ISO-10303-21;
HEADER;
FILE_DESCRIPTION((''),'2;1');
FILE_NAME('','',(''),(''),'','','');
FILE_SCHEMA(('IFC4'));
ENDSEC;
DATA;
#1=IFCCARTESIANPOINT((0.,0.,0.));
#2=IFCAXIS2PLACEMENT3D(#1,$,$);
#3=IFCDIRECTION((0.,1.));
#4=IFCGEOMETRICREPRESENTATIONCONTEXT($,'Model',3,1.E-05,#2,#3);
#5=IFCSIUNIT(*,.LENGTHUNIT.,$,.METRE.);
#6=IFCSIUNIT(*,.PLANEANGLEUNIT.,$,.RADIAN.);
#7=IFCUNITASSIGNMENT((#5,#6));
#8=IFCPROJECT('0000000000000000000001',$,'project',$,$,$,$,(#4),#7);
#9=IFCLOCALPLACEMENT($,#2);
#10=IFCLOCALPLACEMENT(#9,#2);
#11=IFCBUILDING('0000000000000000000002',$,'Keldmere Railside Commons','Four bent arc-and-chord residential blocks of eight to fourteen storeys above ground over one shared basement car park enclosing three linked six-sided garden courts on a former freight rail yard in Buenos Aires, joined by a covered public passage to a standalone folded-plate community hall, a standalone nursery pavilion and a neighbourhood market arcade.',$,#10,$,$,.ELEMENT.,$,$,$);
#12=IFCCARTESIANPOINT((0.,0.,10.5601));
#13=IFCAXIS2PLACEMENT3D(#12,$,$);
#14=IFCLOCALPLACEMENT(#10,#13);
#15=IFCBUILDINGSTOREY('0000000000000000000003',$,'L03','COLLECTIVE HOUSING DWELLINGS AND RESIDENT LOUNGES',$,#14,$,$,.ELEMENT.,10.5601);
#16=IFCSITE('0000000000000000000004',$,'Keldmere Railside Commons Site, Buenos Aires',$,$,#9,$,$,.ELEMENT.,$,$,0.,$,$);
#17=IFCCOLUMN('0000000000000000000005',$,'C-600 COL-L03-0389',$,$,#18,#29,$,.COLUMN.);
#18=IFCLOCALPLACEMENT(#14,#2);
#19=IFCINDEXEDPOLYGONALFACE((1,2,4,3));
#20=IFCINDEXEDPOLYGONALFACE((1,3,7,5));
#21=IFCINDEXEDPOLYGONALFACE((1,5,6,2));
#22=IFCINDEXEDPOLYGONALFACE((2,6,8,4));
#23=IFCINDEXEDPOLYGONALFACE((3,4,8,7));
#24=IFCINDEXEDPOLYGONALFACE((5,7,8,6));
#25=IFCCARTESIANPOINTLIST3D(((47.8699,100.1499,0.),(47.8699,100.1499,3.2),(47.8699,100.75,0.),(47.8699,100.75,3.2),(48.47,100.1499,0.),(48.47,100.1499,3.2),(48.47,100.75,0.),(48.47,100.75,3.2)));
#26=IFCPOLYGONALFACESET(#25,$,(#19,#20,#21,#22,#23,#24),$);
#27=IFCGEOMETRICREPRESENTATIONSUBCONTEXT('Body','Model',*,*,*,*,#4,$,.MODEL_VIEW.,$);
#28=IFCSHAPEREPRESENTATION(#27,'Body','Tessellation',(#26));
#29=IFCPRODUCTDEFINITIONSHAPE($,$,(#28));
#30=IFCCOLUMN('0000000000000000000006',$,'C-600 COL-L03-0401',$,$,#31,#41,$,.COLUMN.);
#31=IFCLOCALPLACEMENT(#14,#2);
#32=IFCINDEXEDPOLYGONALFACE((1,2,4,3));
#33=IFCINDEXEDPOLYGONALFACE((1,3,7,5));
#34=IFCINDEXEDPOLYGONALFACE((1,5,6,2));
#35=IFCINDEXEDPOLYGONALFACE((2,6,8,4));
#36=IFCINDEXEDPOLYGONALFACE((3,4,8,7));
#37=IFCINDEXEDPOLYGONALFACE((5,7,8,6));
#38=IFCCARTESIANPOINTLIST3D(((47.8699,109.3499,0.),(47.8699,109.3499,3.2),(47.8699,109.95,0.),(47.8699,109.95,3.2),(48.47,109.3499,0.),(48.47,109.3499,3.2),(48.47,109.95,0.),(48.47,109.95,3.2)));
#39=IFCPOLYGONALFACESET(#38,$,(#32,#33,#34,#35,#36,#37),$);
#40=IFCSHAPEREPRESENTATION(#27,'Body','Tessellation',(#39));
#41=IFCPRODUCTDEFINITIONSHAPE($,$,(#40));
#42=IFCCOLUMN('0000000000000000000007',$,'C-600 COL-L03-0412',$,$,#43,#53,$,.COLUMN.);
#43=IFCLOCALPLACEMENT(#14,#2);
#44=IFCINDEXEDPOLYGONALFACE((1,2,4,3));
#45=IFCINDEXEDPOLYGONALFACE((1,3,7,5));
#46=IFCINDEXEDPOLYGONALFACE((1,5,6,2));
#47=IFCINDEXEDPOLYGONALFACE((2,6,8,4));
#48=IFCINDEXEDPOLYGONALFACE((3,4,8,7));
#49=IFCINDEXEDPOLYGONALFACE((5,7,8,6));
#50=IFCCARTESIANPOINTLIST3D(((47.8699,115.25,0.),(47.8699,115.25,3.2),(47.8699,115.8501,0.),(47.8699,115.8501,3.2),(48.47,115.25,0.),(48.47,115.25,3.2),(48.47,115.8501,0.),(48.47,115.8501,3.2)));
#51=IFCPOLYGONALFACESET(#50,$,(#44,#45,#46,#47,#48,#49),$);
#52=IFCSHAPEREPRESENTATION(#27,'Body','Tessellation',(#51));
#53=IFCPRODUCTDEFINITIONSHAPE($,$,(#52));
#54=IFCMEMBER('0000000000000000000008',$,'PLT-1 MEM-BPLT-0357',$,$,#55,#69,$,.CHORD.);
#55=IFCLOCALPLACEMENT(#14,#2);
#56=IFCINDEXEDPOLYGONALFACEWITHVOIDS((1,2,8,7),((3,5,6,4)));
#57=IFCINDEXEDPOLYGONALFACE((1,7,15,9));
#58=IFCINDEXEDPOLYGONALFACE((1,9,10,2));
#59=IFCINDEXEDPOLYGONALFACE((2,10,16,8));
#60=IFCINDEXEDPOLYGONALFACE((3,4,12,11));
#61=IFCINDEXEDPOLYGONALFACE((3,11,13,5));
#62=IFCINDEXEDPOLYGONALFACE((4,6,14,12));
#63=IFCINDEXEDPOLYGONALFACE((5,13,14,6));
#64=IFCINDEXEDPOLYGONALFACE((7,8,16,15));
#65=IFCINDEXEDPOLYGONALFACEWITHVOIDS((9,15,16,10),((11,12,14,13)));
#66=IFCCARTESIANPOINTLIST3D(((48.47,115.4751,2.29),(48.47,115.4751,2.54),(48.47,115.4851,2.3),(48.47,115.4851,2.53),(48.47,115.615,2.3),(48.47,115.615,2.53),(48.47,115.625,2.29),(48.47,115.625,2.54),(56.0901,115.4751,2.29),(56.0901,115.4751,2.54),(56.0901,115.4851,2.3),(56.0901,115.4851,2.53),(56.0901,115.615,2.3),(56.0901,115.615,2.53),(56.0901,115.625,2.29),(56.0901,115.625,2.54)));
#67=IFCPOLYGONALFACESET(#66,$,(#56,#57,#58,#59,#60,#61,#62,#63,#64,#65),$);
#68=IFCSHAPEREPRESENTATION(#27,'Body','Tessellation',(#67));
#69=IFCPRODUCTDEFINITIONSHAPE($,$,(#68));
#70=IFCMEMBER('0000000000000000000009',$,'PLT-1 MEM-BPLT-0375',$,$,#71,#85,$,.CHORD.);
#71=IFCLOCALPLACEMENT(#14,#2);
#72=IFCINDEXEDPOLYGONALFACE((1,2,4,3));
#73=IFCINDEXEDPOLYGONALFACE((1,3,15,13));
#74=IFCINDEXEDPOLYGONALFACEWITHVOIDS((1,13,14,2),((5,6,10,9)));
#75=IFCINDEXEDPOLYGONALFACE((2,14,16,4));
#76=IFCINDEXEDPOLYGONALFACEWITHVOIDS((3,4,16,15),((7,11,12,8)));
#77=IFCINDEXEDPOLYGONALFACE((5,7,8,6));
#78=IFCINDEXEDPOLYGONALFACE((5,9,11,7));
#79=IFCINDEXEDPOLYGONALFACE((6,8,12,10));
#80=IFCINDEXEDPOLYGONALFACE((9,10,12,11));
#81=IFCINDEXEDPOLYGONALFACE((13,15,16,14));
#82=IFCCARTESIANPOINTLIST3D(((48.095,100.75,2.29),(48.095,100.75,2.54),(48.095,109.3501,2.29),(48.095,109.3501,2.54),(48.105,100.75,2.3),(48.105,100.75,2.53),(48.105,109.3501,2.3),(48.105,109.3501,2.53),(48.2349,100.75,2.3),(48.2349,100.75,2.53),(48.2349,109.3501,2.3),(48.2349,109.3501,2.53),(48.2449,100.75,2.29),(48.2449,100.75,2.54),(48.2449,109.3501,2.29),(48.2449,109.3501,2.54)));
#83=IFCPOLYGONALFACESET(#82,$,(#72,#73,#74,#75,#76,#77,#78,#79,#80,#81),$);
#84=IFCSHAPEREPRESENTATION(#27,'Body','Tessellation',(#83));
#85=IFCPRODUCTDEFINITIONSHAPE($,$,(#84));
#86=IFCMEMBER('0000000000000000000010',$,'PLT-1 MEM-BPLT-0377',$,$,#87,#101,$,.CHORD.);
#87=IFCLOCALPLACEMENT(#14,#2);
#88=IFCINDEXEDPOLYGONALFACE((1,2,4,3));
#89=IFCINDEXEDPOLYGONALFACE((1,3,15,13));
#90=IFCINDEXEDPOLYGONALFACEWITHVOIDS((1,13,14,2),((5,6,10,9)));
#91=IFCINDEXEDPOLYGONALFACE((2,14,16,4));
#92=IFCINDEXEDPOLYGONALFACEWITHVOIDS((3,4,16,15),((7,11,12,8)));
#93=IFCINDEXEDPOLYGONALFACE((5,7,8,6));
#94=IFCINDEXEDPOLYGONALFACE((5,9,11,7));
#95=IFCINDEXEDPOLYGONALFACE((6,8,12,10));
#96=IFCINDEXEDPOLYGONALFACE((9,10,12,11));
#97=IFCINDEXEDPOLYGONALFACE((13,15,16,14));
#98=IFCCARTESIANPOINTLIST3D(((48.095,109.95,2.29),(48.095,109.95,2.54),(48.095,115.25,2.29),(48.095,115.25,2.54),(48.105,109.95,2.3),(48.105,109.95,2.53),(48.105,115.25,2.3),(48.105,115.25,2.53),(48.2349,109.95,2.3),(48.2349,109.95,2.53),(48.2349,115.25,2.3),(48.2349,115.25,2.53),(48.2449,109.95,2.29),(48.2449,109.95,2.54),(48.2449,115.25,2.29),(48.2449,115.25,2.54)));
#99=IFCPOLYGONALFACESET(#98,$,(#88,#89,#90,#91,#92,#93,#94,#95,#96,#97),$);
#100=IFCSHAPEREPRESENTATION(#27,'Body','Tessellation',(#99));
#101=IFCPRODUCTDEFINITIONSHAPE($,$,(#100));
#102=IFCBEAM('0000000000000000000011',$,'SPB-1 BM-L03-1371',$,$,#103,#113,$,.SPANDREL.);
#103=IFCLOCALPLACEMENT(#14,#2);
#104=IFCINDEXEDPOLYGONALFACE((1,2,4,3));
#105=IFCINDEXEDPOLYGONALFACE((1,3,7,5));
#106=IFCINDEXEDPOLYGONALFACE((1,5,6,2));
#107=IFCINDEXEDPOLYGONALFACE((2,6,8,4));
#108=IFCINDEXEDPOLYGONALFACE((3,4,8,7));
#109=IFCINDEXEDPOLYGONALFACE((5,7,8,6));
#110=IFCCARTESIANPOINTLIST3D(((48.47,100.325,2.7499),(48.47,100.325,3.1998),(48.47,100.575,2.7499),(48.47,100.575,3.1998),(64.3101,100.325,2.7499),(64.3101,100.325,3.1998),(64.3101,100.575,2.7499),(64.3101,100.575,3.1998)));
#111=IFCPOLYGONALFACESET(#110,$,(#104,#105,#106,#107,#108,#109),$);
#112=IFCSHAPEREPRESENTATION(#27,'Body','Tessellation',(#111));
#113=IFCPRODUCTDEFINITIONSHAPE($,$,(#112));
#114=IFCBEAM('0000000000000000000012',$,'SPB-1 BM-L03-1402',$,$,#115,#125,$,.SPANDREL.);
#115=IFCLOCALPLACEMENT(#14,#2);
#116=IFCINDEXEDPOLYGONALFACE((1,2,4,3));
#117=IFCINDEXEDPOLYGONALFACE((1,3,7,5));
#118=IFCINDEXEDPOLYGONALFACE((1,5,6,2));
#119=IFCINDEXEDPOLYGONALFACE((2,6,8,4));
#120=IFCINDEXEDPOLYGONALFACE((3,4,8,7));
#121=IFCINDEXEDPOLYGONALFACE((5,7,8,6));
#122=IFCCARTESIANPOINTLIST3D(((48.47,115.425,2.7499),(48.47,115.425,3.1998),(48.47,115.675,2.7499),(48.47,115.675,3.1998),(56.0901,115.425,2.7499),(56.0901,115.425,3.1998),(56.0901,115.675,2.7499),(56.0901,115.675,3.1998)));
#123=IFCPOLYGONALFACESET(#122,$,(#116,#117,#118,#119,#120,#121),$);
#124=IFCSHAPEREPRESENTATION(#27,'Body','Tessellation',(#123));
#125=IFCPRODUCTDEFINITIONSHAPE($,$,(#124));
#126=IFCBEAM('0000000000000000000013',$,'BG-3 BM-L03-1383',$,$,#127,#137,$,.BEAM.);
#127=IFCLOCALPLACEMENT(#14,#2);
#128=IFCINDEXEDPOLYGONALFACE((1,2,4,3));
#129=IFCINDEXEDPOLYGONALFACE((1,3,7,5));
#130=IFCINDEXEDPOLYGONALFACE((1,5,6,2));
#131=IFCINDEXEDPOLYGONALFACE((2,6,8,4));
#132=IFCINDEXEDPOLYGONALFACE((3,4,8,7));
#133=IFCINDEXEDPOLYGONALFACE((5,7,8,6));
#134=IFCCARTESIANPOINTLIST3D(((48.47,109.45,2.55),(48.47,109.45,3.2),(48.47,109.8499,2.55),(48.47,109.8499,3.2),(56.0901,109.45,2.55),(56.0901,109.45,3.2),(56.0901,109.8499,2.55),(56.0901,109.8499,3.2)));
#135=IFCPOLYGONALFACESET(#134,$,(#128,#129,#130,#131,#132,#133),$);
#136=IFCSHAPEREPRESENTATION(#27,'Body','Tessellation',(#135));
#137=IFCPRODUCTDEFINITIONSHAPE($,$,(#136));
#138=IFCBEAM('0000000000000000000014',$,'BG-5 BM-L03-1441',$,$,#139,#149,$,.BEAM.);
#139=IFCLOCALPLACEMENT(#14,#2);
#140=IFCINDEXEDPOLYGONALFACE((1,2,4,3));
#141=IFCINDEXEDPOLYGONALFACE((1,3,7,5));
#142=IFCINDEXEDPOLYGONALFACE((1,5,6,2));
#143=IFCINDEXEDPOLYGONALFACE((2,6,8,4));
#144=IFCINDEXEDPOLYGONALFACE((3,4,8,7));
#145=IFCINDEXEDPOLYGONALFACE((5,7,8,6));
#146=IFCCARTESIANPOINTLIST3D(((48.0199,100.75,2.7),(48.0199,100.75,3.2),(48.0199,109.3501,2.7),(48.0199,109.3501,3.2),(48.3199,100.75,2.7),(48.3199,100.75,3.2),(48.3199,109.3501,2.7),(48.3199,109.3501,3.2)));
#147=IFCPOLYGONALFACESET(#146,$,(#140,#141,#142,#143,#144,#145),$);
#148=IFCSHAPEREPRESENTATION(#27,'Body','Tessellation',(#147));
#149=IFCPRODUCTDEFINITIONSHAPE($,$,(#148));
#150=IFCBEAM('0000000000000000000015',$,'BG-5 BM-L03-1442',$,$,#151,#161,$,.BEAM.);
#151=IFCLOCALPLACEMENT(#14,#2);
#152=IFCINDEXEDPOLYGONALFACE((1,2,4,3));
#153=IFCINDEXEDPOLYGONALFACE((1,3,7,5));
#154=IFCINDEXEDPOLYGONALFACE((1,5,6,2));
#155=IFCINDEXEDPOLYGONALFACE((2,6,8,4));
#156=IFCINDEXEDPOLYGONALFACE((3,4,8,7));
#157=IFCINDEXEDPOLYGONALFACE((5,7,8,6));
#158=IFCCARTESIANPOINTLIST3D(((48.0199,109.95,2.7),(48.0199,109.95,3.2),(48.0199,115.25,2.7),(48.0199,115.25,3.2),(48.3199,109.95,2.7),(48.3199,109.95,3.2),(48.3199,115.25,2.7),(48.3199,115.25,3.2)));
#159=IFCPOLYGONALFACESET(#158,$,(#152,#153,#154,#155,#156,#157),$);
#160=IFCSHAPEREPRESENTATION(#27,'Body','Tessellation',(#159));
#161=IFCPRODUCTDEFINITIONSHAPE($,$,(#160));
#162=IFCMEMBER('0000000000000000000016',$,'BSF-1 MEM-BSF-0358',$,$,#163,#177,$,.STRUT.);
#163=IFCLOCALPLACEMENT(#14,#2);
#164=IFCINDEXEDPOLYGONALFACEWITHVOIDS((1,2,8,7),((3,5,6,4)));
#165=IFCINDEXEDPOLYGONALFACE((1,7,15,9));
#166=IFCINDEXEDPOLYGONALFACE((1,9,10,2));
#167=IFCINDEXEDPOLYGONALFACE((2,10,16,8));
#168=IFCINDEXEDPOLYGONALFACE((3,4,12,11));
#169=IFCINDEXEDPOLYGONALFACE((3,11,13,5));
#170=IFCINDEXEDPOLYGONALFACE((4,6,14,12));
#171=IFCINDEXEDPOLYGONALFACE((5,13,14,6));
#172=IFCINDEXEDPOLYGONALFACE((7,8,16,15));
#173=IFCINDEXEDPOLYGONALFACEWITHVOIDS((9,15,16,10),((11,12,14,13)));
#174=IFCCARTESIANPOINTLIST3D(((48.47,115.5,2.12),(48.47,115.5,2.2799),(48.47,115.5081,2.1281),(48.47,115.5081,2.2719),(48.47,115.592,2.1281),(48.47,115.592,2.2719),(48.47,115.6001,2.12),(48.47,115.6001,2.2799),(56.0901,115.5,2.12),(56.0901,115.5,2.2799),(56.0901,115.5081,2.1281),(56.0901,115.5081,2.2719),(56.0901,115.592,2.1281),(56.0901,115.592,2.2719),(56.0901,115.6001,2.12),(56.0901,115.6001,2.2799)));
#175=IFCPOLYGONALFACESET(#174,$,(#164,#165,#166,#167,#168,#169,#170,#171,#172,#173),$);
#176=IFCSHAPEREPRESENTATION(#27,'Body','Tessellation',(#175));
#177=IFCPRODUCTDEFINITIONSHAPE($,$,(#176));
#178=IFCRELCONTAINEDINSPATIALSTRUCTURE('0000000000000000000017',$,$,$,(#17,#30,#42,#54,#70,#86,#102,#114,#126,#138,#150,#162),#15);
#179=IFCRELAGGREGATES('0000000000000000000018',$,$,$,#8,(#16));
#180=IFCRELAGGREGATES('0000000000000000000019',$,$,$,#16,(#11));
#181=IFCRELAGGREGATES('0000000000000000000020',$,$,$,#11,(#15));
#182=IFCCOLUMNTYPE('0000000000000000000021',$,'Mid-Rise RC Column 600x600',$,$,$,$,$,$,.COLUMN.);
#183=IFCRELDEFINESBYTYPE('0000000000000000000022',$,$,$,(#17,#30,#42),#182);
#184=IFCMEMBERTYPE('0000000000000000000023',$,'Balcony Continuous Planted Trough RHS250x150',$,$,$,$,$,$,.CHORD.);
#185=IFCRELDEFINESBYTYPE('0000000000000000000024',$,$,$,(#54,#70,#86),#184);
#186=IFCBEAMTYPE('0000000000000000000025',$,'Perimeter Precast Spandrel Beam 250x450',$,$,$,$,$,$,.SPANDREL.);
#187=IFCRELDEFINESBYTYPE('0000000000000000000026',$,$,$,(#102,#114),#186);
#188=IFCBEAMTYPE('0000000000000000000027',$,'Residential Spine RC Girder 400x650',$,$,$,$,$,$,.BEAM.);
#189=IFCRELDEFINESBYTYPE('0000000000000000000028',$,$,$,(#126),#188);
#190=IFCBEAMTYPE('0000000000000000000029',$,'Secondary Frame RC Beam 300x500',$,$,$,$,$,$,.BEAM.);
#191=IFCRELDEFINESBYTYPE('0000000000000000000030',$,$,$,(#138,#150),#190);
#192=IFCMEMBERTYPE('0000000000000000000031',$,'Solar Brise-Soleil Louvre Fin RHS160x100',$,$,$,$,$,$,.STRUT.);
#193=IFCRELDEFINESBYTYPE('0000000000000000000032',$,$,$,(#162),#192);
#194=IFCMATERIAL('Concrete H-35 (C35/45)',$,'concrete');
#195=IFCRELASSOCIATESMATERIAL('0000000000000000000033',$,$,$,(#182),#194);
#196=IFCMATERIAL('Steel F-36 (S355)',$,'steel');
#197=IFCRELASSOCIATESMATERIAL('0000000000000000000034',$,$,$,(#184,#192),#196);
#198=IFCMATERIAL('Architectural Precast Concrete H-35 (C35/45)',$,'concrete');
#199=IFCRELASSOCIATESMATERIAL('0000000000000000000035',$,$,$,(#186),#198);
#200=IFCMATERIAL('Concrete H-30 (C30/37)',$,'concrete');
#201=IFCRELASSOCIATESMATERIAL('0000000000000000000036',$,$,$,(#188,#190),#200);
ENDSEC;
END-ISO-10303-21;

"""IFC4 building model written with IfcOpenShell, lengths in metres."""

from ifc_helpers import new_model, si_unit, direction, frame, origin, origin_2d, place, context, subcontext, project, spatial, rectangle, hollow_rectangle, extrude, material, material_profile, profile_set, type_object, element, save


model = new_model("IFC4")

# Units and contexts
model_context = context("Model", 3, precision=1e-05, world=origin(), true_north=direction((0.0, 1.0)))
body_context = subcontext(model_context, "Body", "Model", "MODEL_VIEW")
ifc_project = project(units=[si_unit("LENGTHUNIT", "METRE"), si_unit("PLANEANGLEUNIT", "RADIAN")], contexts=[model_context])

# Site, building, storey
site_placement = place(None, origin())
site = spatial("IfcSite", under=ifc_project, at=site_placement, Name="Keldmere Railside Commons Site, Buenos Aires", CompositionType="ELEMENT", RefElevation=0.0)
building_placement = place(site_placement, origin())
building = spatial("IfcBuilding", under=site, at=building_placement, Name="Keldmere Railside Commons", Description="Four bent arc-and-chord residential blocks of eight to fourteen storeys above ground over one shared basement car park enclosing three linked six-sided garden courts on a former freight rail yard in Buenos Aires, joined by a covered public passage to a standalone folded-plate community hall, a standalone nursery pavilion and a neighbourhood market arcade.", CompositionType="ELEMENT")
storey_placement = place(building_placement, frame((0.0, 0.0, 10.5601)))
storey = spatial("IfcBuildingStorey", under=building, at=storey_placement, Name="L03", Description="COLLECTIVE HOUSING DWELLINGS AND RESIDENT LOUNGES", CompositionType="ELEMENT", Elevation=10.5601)

# Columns
ifc_material_1 = material(Name="Concrete H-35 (C35/45)", Category="concrete")
ifc_material_profile_1 = material_profile(ifc_material_1, rectangle(XDim=0.6001, YDim=0.6001, at=origin_2d()), Name="RC-600x600")
ifc_profile_set_1 = profile_set([ifc_material_profile_1], Name="Concrete H-35 (C35/45)")
column_type = type_object("IfcColumnType", Name="Mid-Rise RC Column 600x600", PredefinedType="COLUMN", material=ifc_profile_set_1)
for number, where, z_axis, x_axis, name in (
    (1, (48.1699, 100.45, 0.0), (0.0, 0.0, 1.0), (1.0, 0.0, 0.0), "C-600 COL-L03-0389"),
    (2, (48.1699, 109.6499, 0.0), (0.0, 0.0, 1.0), (1.0, 0.0, 0.0), "C-600 COL-L03-0401"),
    (3, (48.1699, 115.55, 0.0), (0.0, 0.0, 1.0), (1.0, 0.0, 0.0), "C-600 COL-L03-0412"),
):
    element("IfcColumn", number, at=place(storey_placement, frame(where, z_axis=z_axis, x_axis=x_axis)), inside=storey, type_object=column_type, Name=name, PredefinedType="COLUMN", context=body_context, shape_type="SweptSolid", body=[
        extrude(rectangle(XDim=0.6001, YDim=0.6001, at=origin_2d()), origin(), (0.0, 0.0, 1.0), 3.2),
    ])

# Members
ifc_material_2 = material(Name="Steel F-36 (S355)", Category="steel")
ifc_material_profile_2 = material_profile(ifc_material_2, hollow_rectangle(XDim=0.1499, YDim=0.25, WallThickness=0.01, at=origin_2d()), Name="RHS-250x150x10")
ifc_profile_set_2 = profile_set([ifc_material_profile_2], Name="Steel F-36 (S355)")
member_type_1 = type_object("IfcMemberType", Name="Balcony Continuous Planted Trough RHS250x150", PredefinedType="CHORD", material=ifc_profile_set_2)
member_1_placement = place(storey_placement, frame((48.47, 115.55, 2.415), z_axis=(1.0, 0.0, 0.0), x_axis=(0.0, 1.0, 0.0)))
element("IfcMember", 4, at=member_1_placement, inside=storey, type_object=member_type_1, Name="PLT-1 MEM-BPLT-0357", PredefinedType="CHORD", context=body_context, shape_type="SweptSolid", body=[
    extrude(hollow_rectangle(XDim=0.1499, YDim=0.25, WallThickness=0.01, at=origin_2d()), origin(), (0.0, 0.0, 1.0), 7.6201),
])
member_2_placement = place(storey_placement, frame((48.1699, 100.75, 2.415), z_axis=(0.0, 1.0, 0.0), x_axis=(-1.0, 0.0, 0.0)))
element("IfcMember", 5, at=member_2_placement, inside=storey, type_object=member_type_1, Name="PLT-1 MEM-BPLT-0375", PredefinedType="CHORD", context=body_context, shape_type="SweptSolid", body=[
    extrude(hollow_rectangle(XDim=0.1499, YDim=0.25, WallThickness=0.01, at=origin_2d()), origin(), (0.0, 0.0, 1.0), 8.6001),
])
member_3_placement = place(storey_placement, frame((48.1699, 109.95, 2.415), z_axis=(0.0, 1.0, 0.0), x_axis=(-1.0, 0.0, 0.0)))
element("IfcMember", 6, at=member_3_placement, inside=storey, type_object=member_type_1, Name="PLT-1 MEM-BPLT-0377", PredefinedType="CHORD", context=body_context, shape_type="SweptSolid", body=[
    extrude(hollow_rectangle(XDim=0.1499, YDim=0.25, WallThickness=0.01, at=origin_2d()), origin(), (0.0, 0.0, 1.0), 5.3),
])

# Beams
ifc_material_3 = material(Name="Architectural Precast Concrete H-35 (C35/45)", Category="concrete")
ifc_material_profile_3 = material_profile(ifc_material_3, rectangle(XDim=0.25, YDim=0.45, at=origin_2d()), Name="RC-250x450")
ifc_profile_set_3 = profile_set([ifc_material_profile_3], Name="Architectural Precast Concrete H-35 (C35/45)")
beam_type_1 = type_object("IfcBeamType", Name="Perimeter Precast Spandrel Beam 250x450", PredefinedType="SPANDREL", material=ifc_profile_set_3)
beam_1_placement = place(storey_placement, frame((48.47, 100.45, 2.9749), z_axis=(1.0, 0.0, 0.0), x_axis=(0.0, 1.0, 0.0)))
element("IfcBeam", 7, at=beam_1_placement, inside=storey, type_object=beam_type_1, Name="SPB-1 BM-L03-1371", PredefinedType="SPANDREL", context=body_context, shape_type="SweptSolid", body=[
    extrude(rectangle(XDim=0.25, YDim=0.45, at=origin_2d()), origin(), (0.0, 0.0, 1.0), 15.8401),
])
beam_2_placement = place(storey_placement, frame((48.47, 115.55, 2.9749), z_axis=(1.0, 0.0, 0.0), x_axis=(0.0, 1.0, 0.0)))
element("IfcBeam", 8, at=beam_2_placement, inside=storey, type_object=beam_type_1, Name="SPB-1 BM-L03-1402", PredefinedType="SPANDREL", context=body_context, shape_type="SweptSolid", body=[
    extrude(rectangle(XDim=0.25, YDim=0.45, at=origin_2d()), origin(), (0.0, 0.0, 1.0), 7.6201),
])
ifc_material_4 = material(Name="Concrete H-30 (C30/37)", Category="concrete")
ifc_material_profile_4 = material_profile(ifc_material_4, rectangle(XDim=0.3999, YDim=0.6499, at=origin_2d()), Name="RC-400x650")
ifc_profile_set_4 = profile_set([ifc_material_profile_4], Name="Concrete H-30 (C30/37)")
beam_type_2 = type_object("IfcBeamType", Name="Residential Spine RC Girder 400x650", PredefinedType="BEAM", material=ifc_profile_set_4)
beam_3_placement = place(storey_placement, frame((48.47, 109.6499, 2.875), z_axis=(1.0, 0.0, 0.0), x_axis=(0.0, 1.0, 0.0)))
element("IfcBeam", 9, at=beam_3_placement, inside=storey, type_object=beam_type_2, Name="BG-3 BM-L03-1383", PredefinedType="BEAM", context=body_context, shape_type="SweptSolid", body=[
    extrude(rectangle(XDim=0.3999, YDim=0.6499, at=origin_2d()), origin(), (0.0, 0.0, 1.0), 7.6201),
])
ifc_material_profile_5 = material_profile(ifc_material_4, rectangle(XDim=0.3, YDim=0.5, at=origin_2d()), Name="RC-300x500")
ifc_profile_set_5 = profile_set([ifc_material_profile_5], Name="Concrete H-30 (C30/37)")
beam_type_3 = type_object("IfcBeamType", Name="Secondary Frame RC Beam 300x500", PredefinedType="BEAM", material=ifc_profile_set_5)
beam_4_placement = place(storey_placement, frame((48.1699, 100.75, 2.95), z_axis=(0.0, 1.0, 0.0), x_axis=(-1.0, 0.0, 0.0)))
element("IfcBeam", 10, at=beam_4_placement, inside=storey, type_object=beam_type_3, Name="BG-5 BM-L03-1441", PredefinedType="BEAM", context=body_context, shape_type="SweptSolid", body=[
    extrude(rectangle(XDim=0.3, YDim=0.5, at=origin_2d()), origin(), (0.0, 0.0, 1.0), 8.6001),
])
beam_5_placement = place(storey_placement, frame((48.1699, 109.95, 2.95), z_axis=(0.0, 1.0, 0.0), x_axis=(-1.0, 0.0, 0.0)))
element("IfcBeam", 11, at=beam_5_placement, inside=storey, type_object=beam_type_3, Name="BG-5 BM-L03-1442", PredefinedType="BEAM", context=body_context, shape_type="SweptSolid", body=[
    extrude(rectangle(XDim=0.3, YDim=0.5, at=origin_2d()), origin(), (0.0, 0.0, 1.0), 5.3),
])

# Member
ifc_material_profile_6 = material_profile(ifc_material_2, hollow_rectangle(XDim=0.1001, YDim=0.1599, WallThickness=0.0081, at=origin_2d()), Name="RHS-160x100x8")
ifc_profile_set_6 = profile_set([ifc_material_profile_6], Name="Steel F-36 (S355)")
member_type_2 = type_object("IfcMemberType", Name="Solar Brise-Soleil Louvre Fin RHS160x100", PredefinedType="STRUT", material=ifc_profile_set_6)
member_4_placement = place(storey_placement, frame((48.47, 115.55, 2.2), z_axis=(1.0, 0.0, 0.0), x_axis=(0.0, 1.0, 0.0)))
element("IfcMember", 12, at=member_4_placement, inside=storey, type_object=member_type_2, Name="BSF-1 MEM-BSF-0358", PredefinedType="STRUT", context=body_context, shape_type="SweptSolid", body=[
    extrude(hollow_rectangle(XDim=0.1001, YDim=0.1599, WallThickness=0.0081, at=origin_2d()), origin(), (0.0, 0.0, 1.0), 7.6201),
])

save(model, "model.ifc")
